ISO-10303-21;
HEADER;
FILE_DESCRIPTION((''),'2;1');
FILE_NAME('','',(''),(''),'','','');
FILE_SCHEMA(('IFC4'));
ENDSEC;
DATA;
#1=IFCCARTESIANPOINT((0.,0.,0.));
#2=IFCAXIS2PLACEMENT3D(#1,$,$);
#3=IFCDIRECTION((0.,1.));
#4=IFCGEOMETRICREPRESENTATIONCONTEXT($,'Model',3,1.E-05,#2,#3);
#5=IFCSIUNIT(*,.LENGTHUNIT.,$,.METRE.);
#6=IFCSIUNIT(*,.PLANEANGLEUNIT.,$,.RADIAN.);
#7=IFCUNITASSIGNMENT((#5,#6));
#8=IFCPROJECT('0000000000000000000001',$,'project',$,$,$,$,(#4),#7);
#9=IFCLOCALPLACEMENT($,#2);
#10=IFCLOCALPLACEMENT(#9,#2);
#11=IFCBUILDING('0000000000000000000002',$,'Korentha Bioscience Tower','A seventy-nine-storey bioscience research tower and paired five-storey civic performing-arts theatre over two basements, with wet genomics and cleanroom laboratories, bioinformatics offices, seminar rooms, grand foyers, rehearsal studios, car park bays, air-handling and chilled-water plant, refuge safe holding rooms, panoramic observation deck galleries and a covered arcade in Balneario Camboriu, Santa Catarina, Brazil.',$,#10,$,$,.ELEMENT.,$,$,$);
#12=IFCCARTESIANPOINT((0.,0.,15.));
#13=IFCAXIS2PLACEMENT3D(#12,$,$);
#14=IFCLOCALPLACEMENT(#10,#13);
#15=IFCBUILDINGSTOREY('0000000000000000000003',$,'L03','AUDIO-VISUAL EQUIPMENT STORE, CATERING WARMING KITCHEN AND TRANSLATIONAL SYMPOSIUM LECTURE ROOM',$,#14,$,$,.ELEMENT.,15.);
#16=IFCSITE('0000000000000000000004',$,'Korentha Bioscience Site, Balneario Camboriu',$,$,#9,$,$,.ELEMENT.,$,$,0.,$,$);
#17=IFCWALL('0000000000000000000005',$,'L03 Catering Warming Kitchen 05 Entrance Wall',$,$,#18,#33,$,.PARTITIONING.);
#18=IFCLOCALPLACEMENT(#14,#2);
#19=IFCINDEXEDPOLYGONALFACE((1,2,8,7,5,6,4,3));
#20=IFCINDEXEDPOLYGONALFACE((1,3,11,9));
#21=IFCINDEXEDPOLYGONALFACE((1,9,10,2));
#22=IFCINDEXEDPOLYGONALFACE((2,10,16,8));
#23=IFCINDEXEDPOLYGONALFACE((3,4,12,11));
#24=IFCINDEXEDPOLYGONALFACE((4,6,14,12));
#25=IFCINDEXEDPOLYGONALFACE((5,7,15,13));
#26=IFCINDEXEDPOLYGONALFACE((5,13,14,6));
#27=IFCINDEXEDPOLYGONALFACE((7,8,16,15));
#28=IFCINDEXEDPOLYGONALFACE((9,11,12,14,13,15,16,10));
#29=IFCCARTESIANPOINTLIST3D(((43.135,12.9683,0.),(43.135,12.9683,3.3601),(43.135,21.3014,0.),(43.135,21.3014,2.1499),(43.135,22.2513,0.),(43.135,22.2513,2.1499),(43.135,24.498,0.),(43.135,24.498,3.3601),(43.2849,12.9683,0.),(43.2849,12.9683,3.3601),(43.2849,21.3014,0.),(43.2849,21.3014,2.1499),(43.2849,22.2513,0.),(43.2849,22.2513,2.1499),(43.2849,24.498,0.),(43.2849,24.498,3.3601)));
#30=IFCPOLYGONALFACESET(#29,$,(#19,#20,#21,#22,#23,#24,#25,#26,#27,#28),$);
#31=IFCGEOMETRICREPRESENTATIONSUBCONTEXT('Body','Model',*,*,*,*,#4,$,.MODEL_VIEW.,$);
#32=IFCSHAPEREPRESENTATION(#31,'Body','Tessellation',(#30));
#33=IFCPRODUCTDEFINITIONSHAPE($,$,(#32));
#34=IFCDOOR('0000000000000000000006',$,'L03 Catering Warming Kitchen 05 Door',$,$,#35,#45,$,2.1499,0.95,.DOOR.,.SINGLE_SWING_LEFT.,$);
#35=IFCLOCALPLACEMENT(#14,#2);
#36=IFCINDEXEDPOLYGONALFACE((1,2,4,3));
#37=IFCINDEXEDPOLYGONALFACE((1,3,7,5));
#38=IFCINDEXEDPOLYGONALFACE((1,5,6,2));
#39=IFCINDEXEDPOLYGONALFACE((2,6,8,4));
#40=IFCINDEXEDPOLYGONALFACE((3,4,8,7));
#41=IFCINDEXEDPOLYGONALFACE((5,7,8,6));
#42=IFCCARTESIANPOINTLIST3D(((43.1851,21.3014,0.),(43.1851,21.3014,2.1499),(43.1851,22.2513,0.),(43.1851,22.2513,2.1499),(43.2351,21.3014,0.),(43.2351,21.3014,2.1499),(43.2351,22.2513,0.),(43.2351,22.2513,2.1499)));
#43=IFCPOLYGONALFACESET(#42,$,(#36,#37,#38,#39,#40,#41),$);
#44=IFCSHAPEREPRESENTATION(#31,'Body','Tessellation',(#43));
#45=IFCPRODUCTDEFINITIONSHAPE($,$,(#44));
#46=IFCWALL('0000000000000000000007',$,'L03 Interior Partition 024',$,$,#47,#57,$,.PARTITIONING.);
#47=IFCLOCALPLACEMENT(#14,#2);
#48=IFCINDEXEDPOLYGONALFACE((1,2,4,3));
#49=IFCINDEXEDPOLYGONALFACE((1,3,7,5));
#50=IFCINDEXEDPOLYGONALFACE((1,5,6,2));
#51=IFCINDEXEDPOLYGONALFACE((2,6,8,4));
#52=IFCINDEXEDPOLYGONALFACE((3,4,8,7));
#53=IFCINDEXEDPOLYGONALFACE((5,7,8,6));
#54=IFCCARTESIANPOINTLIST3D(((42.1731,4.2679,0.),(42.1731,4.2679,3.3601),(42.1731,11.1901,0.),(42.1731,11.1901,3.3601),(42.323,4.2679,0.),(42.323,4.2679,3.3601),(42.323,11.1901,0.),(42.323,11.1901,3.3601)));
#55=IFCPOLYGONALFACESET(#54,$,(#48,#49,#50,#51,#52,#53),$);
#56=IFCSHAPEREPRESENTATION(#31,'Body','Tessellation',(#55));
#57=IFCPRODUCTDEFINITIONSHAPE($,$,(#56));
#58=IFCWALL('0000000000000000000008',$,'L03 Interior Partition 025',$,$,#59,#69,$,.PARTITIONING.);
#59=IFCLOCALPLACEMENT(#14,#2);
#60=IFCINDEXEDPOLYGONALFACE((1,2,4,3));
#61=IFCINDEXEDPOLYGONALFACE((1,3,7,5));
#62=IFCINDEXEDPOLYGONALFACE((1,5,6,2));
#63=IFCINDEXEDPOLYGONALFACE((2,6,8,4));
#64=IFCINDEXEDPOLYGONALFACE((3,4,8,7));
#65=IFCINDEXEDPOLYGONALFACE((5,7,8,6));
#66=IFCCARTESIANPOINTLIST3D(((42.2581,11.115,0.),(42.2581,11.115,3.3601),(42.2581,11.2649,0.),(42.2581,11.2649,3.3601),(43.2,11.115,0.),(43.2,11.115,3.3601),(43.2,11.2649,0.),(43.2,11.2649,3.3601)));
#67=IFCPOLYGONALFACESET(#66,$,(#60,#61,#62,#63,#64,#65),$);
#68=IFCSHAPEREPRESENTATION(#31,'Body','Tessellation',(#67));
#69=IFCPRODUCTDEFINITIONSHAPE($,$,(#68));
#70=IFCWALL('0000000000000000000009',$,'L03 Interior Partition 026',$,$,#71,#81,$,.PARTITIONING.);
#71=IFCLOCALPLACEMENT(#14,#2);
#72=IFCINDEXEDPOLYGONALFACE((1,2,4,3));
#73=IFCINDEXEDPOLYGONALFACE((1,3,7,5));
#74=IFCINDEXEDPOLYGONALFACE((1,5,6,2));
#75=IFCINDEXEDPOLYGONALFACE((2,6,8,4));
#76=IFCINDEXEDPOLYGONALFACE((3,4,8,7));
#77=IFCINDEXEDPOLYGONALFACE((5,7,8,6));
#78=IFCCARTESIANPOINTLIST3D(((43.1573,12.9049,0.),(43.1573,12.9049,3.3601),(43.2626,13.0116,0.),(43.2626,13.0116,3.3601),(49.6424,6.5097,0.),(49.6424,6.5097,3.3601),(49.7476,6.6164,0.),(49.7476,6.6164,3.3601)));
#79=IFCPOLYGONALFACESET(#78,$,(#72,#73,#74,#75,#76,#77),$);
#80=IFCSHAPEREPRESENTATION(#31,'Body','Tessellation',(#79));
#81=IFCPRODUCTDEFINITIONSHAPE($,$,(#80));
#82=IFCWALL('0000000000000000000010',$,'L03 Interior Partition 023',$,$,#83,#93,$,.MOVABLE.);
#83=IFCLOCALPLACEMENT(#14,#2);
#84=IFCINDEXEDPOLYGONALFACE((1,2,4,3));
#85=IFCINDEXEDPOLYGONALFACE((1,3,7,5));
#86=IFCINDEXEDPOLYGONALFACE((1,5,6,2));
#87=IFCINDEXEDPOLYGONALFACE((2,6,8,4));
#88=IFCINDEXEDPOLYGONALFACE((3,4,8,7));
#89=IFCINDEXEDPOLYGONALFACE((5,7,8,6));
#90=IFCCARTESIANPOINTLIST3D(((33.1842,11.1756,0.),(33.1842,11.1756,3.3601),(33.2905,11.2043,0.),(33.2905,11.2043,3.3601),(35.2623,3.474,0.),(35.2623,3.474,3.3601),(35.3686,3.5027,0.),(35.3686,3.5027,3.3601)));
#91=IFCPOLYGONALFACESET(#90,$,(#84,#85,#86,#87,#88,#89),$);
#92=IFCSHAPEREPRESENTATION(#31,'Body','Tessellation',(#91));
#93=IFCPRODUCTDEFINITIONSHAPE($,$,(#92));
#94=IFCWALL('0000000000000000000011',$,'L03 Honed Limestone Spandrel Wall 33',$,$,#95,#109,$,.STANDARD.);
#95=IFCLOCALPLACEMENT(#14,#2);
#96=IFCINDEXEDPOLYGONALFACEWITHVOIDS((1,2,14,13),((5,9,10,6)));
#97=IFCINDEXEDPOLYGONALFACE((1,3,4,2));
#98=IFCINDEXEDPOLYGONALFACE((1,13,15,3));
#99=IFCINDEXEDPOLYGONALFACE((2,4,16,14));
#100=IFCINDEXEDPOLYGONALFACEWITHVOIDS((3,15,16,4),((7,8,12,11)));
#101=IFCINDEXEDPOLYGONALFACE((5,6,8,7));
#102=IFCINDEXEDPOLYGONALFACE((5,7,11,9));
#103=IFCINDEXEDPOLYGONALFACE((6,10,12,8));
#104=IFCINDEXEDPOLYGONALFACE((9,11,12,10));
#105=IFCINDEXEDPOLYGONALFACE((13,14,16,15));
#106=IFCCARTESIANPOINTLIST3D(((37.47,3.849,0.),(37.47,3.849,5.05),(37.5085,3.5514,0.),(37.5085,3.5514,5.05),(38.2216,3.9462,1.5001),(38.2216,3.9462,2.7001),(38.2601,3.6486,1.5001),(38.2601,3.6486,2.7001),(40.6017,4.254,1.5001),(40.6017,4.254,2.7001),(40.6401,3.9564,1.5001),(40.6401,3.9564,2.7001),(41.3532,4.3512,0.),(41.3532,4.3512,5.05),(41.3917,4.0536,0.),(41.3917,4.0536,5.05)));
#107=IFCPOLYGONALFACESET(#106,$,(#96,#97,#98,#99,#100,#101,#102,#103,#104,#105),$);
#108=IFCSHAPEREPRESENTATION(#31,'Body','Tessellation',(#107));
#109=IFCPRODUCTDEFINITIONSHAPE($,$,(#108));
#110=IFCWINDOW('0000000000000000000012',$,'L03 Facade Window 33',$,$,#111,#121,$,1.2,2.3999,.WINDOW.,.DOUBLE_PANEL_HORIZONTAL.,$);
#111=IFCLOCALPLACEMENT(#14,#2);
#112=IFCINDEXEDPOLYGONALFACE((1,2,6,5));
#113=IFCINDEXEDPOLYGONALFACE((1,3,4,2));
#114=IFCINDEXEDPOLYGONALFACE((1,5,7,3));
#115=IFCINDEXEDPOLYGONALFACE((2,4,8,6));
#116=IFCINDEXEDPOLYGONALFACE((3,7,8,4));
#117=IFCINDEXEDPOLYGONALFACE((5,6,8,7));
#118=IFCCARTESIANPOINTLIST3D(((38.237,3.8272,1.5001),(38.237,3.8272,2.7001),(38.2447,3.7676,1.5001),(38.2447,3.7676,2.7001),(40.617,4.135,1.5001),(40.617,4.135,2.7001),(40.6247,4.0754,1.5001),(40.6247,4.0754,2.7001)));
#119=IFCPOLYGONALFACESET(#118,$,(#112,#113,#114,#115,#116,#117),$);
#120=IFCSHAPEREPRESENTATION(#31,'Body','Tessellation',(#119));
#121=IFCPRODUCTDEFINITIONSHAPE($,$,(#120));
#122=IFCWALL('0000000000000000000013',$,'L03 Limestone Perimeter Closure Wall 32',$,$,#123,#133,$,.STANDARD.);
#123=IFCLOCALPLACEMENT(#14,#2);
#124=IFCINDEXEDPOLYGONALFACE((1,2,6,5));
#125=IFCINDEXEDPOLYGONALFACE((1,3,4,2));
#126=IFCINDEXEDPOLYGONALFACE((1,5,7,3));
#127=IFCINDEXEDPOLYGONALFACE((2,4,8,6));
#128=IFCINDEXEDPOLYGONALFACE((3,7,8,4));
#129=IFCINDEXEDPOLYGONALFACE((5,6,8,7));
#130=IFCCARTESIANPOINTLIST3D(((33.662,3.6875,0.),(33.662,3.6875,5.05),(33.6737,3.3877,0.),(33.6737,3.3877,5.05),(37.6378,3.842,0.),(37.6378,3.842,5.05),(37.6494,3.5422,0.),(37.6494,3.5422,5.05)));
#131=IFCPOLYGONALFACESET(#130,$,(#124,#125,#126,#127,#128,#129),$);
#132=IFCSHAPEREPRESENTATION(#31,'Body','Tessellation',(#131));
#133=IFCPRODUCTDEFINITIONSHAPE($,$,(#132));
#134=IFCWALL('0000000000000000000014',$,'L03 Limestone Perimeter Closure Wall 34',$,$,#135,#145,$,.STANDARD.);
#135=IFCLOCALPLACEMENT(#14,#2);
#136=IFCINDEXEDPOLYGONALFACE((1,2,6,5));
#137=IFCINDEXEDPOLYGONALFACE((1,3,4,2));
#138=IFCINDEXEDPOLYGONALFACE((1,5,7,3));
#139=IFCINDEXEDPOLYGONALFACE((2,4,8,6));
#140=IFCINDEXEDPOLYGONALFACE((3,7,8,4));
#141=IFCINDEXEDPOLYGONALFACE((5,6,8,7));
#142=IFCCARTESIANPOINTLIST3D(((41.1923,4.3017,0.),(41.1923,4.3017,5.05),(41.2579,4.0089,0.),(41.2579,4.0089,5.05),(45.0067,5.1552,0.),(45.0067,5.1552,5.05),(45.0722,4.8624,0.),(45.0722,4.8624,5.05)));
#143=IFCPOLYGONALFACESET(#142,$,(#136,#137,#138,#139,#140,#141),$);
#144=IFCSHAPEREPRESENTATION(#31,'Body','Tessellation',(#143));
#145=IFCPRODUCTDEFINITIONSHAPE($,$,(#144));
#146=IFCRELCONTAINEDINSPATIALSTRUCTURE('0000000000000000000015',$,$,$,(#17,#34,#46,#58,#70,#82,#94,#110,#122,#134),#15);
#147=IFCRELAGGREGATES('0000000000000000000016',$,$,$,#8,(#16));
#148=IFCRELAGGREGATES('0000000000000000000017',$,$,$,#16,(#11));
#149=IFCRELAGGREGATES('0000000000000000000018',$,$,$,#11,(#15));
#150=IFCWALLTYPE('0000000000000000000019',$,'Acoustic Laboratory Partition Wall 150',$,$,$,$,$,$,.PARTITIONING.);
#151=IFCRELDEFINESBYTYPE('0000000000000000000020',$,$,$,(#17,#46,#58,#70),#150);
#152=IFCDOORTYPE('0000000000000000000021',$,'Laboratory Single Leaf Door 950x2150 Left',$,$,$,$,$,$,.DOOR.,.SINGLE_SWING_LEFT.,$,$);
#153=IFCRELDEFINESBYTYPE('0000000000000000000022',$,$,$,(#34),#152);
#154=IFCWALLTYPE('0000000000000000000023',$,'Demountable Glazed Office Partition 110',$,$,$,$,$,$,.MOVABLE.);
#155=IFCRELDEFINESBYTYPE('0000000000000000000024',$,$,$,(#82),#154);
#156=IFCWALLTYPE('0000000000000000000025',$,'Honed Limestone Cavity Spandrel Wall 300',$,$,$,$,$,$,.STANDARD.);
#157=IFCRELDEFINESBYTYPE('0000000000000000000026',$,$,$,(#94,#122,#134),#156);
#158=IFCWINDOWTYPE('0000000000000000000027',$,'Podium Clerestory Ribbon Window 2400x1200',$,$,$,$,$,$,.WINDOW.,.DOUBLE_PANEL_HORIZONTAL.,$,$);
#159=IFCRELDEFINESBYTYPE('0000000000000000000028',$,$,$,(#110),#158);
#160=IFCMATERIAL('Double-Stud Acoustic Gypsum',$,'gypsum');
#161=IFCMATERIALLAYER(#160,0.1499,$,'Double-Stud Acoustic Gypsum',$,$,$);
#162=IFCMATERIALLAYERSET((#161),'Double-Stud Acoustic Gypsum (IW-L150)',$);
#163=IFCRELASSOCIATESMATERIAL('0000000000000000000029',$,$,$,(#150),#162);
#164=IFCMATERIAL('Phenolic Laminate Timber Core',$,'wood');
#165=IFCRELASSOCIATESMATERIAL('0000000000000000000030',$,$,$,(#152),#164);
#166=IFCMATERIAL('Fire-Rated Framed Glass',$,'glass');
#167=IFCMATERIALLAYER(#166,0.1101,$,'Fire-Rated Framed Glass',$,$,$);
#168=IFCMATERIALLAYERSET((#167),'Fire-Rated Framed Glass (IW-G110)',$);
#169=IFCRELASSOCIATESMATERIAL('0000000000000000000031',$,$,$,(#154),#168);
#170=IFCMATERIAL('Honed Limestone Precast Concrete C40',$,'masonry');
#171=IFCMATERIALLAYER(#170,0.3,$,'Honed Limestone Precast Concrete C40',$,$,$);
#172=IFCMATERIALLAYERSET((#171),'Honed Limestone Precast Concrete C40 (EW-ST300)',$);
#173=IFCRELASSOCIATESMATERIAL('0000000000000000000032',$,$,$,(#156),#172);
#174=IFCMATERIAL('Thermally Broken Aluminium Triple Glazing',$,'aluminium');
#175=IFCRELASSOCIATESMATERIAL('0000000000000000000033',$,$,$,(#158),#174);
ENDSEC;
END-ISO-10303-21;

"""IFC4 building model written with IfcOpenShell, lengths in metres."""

from ifc_helpers import new_model, si_unit, direction, frame, frame_2d, origin, place, context, subcontext, project, spatial, rectangle, extrude, material, layer, layer_set, type_object, element, fill, save


model = new_model("IFC4")

# Units and contexts
model_context = context("Model", 3, precision=1e-05, world=origin(), true_north=direction((0.0, 1.0)))
body_context = subcontext(model_context, "Body", "Model", "MODEL_VIEW")
ifc_project = project(units=[si_unit("LENGTHUNIT", "METRE"), si_unit("PLANEANGLEUNIT", "RADIAN")], contexts=[model_context])

# Site, building, storey
site_placement = place(None, origin())
site = spatial("IfcSite", under=ifc_project, at=site_placement, Name="Korentha Bioscience Site, Balneario Camboriu", CompositionType="ELEMENT", RefElevation=0.0)
building_placement = place(site_placement, origin())
building = spatial("IfcBuilding", under=site, at=building_placement, Name="Korentha Bioscience Tower", Description="A seventy-nine-storey bioscience research tower and paired five-storey civic performing-arts theatre over two basements, with wet genomics and cleanroom laboratories, bioinformatics offices, seminar rooms, grand foyers, rehearsal studios, car park bays, air-handling and chilled-water plant, refuge safe holding rooms, panoramic observation deck galleries and a covered arcade in Balneario Camboriu, Santa Catarina, Brazil.", CompositionType="ELEMENT")
storey_placement = place(building_placement, frame((0.0, 0.0, 15.0)))
storey = spatial("IfcBuildingStorey", under=building, at=storey_placement, Name="L03", Description="AUDIO-VISUAL EQUIPMENT STORE, CATERING WARMING KITCHEN AND TRANSLATIONAL SYMPOSIUM LECTURE ROOM", CompositionType="ELEMENT", Elevation=15.0)

# Wall, opening, door
ifc_material_1 = material(Name="Double-Stud Acoustic Gypsum", Category="gypsum")
ifc_layer_1 = layer(ifc_material_1, 0.1499, Name="Double-Stud Acoustic Gypsum")
ifc_layer_set_1 = layer_set([ifc_layer_1], Name="Double-Stud Acoustic Gypsum (IW-L150)")
wall_type_1 = type_object("IfcWallType", Name="Acoustic Laboratory Partition Wall 150", PredefinedType="PARTITIONING", material=ifc_layer_set_1)
ifc_material_2 = material(Name="Phenolic Laminate Timber Core", Category="wood")
door_type_1 = type_object("IfcDoorType", Name="Laboratory Single Leaf Door 950x2150 Left", OperationType="SINGLE_SWING_LEFT", PredefinedType="DOOR", material=ifc_material_2)
wall_1_placement = place(storey_placement, frame((43.21, 12.9683, 0.0), z_axis=(0.0, 0.0, 1.0), x_axis=(0.0, 1.0, 0.0)))
wall_1 = element("IfcWall", 1, at=wall_1_placement, inside=storey, type_object=wall_type_1, Name="L03 Catering Warming Kitchen 05 Entrance Wall", PredefinedType="PARTITIONING", context=body_context, shape_type="SweptSolid", body=[
    extrude(rectangle(XDim=11.5298, YDim=0.1499, at=frame_2d((5.7649, 0.0))), origin(), (0.0, 0.0, 1.0), 3.3601),
])
opening_1_placement = place(wall_1_placement, frame((8.333, 0.0, 0.0)))
opening_1 = element("IfcOpeningElement", 2, at=opening_1_placement, cuts=wall_1, PredefinedType="OPENING", context=body_context, shape_type="SweptSolid", body=[
    extrude(rectangle(XDim=0.95, YDim=2.1499, at=frame_2d((0.4751, 1.075))), frame((0.0, 0.0898, 0.0), z_axis=(0.0, -1.0, 0.0), x_axis=(1.0, 0.0, 0.0)), (0.0, 0.0, 1.0), 0.1797),
])
door_1_placement = place(opening_1_placement, origin())
door_1 = element("IfcDoor", 3, at=door_1_placement, inside=storey, type_object=door_type_1, Name="L03 Catering Warming Kitchen 05 Door", OperationType="SINGLE_SWING_LEFT", OverallHeight=2.1499, OverallWidth=0.95, PredefinedType="DOOR", context=body_context, shape_type="SweptSolid", body=[
    extrude(rectangle(XDim=0.95, YDim=2.1499, at=frame_2d((0.4751, 1.075))), frame((0.0, 0.0249, 0.0), z_axis=(0.0, -1.0, 0.0), x_axis=(1.0, 0.0, 0.0)), (0.0, 0.0, 1.0), 0.05),
])
fill(opening_1, door_1)

# Walls
wall_2_placement = place(storey_placement, frame((42.248, 11.1899, 0.0), z_axis=(0.0, 0.0, 1.0), x_axis=(0.0, -1.0, 0.0)))
element("IfcWall", 4, at=wall_2_placement, inside=storey, type_object=wall_type_1, Name="L03 Interior Partition 024", PredefinedType="PARTITIONING", context=body_context, shape_type="SweptSolid", body=[
    extrude(rectangle(XDim=6.9221, YDim=0.1499, at=frame_2d((3.4609, 0.0))), origin(), (0.0, 0.0, 1.0), 3.3601),
])
wall_3_placement = place(storey_placement, frame((42.2581, 11.1899, 0.0), z_axis=(0.0, 0.0, 1.0), x_axis=(1.0, 0.0, 0.0)))
element("IfcWall", 5, at=wall_3_placement, inside=storey, type_object=wall_type_1, Name="L03 Interior Partition 025", PredefinedType="PARTITIONING", context=body_context, shape_type="SweptSolid", body=[
    extrude(rectangle(XDim=0.9419, YDim=0.1499, at=frame_2d((0.4709, 0.0))), origin(), (0.0, 0.0, 1.0), 3.3601),
])
wall_4_placement = place(storey_placement, frame((43.21, 12.9583, 0.0), z_axis=(0.0, 0.0, 1.0), x_axis=(0.712022, -0.702157, 0.0)))
element("IfcWall", 6, at=wall_4_placement, inside=storey, type_object=wall_type_1, Name="L03 Interior Partition 026", PredefinedType="PARTITIONING", context=body_context, shape_type="SweptSolid", body=[
    extrude(rectangle(XDim=9.1079, YDim=0.1499, at=frame_2d((4.554, 0.0))), origin(), (0.0, 0.0, 1.0), 3.3601),
])
ifc_material_3 = material(Name="Fire-Rated Framed Glass", Category="glass")
ifc_layer_2 = layer(ifc_material_3, 0.1101, Name="Fire-Rated Framed Glass")
ifc_layer_set_2 = layer_set([ifc_layer_2], Name="Fire-Rated Framed Glass (IW-G110)")
wall_type_2 = type_object("IfcWallType", Name="Demountable Glazed Office Partition 110", PredefinedType="MOVABLE", material=ifc_layer_set_2)
wall_5_placement = place(storey_placement, frame((33.2373, 11.1899, 0.0), z_axis=(0.0, 0.0, 1.0), x_axis=(0.260511, -0.965471, 0.0)))
element("IfcWall", 7, at=wall_5_placement, inside=storey, type_object=wall_type_2, Name="L03 Interior Partition 023", PredefinedType="MOVABLE", context=body_context, shape_type="SweptSolid", body=[
    extrude(rectangle(XDim=7.9771, YDim=0.1101, at=frame_2d((3.9885, 0.0))), origin(), (0.0, 0.0, 1.0), 3.3601),
])

# Wall, opening, window
ifc_material_4 = material(Name="Honed Limestone Precast Concrete C40", Category="masonry")
ifc_layer_3 = layer(ifc_material_4, 0.3, Name="Honed Limestone Precast Concrete C40")
ifc_layer_set_3 = layer_set([ifc_layer_3], Name="Honed Limestone Precast Concrete C40 (EW-ST300)")
wall_type_3 = type_object("IfcWallType", Name="Honed Limestone Cavity Spandrel Wall 300", PredefinedType="STANDARD", material=ifc_layer_set_3)
wall_6_placement = place(storey_placement, frame((37.4893, 3.7002, 0.0), z_axis=(0.0, 0.0, 1.0), x_axis=(0.991741, 0.128254, 0.0)))
wall_6 = element("IfcWall", 8, at=wall_6_placement, inside=storey, type_object=wall_type_3, Name="L03 Honed Limestone Spandrel Wall 33", PredefinedType="STANDARD", context=body_context, shape_type="SweptSolid", body=[
    extrude(rectangle(XDim=3.9155, YDim=0.3, at=frame_2d((1.9578, 0.0))), origin(), (0.0, 0.0, 1.0), 5.05),
])
opening_2_placement = place(wall_6_placement, frame((0.7578, 0.0, 1.5)))
opening_2 = element("IfcOpeningElement", 9, at=opening_2_placement, cuts=wall_6, PredefinedType="OPENING", context=body_context, shape_type="SweptSolid", body=[
    extrude(rectangle(XDim=2.3999, YDim=1.2, at=frame_2d((1.2, 0.6001))), frame((0.0, 0.165, 0.0), z_axis=(0.0, -1.0, 0.0), x_axis=(1.0, 0.0, 0.0)), (0.0, 0.0, 1.0), 0.3298),
])
ifc_material_5 = material(Name="Thermally Broken Aluminium Triple Glazing", Category="aluminium")
window_type = type_object("IfcWindowType", Name="Podium Clerestory Ribbon Window 2400x1200", PartitioningType="DOUBLE_PANEL_HORIZONTAL", PredefinedType="WINDOW", material=ifc_material_5)
window_placement = place(opening_2_placement, origin())
window = element("IfcWindow", 10, at=window_placement, inside=storey, type_object=window_type, Name="L03 Facade Window 33", OverallHeight=1.2, OverallWidth=2.3999, PartitioningType="DOUBLE_PANEL_HORIZONTAL", PredefinedType="WINDOW", context=body_context, shape_type="SweptSolid", body=[
    extrude(rectangle(XDim=2.3999, YDim=1.2, at=frame_2d((1.2, 0.6001))), frame((0.0, 0.03, 0.0), z_axis=(0.0, -1.0, 0.0), x_axis=(1.0, 0.0, 0.0)), (0.0, 0.0, 1.0), 0.0601),
])
fill(opening_2, window)

# Walls
wall_7_placement = place(storey_placement, frame((33.668, 3.5376, 0.0), z_axis=(0.0, 0.0, 1.0), x_axis=(0.999245, 0.038841, 0.0)))
element("IfcWall", 11, at=wall_7_placement, inside=storey, type_object=wall_type_3, Name="L03 Limestone Perimeter Closure Wall 32", PredefinedType="STANDARD", context=body_context, shape_type="SweptSolid", body=[
    extrude(rectangle(XDim=3.9788, YDim=0.3, at=frame_2d((1.9893, 0.0))), origin(), (0.0, 0.0, 1.0), 5.05),
])
wall_8_placement = place(storey_placement, frame((41.2251, 4.1553, 0.0), z_axis=(0.0, 0.0, 1.0), x_axis=(0.975869, 0.218359, 0.0)))
element("IfcWall", 12, at=wall_8_placement, inside=storey, type_object=wall_type_3, Name="L03 Limestone Perimeter Closure Wall 34", PredefinedType="STANDARD", context=body_context, shape_type="SweptSolid", body=[
    extrude(rectangle(XDim=3.9087, YDim=0.3, at=frame_2d((1.9543, 0.0))), origin(), (0.0, 0.0, 1.0), 5.05),
])

save(model, "model.ifc")
